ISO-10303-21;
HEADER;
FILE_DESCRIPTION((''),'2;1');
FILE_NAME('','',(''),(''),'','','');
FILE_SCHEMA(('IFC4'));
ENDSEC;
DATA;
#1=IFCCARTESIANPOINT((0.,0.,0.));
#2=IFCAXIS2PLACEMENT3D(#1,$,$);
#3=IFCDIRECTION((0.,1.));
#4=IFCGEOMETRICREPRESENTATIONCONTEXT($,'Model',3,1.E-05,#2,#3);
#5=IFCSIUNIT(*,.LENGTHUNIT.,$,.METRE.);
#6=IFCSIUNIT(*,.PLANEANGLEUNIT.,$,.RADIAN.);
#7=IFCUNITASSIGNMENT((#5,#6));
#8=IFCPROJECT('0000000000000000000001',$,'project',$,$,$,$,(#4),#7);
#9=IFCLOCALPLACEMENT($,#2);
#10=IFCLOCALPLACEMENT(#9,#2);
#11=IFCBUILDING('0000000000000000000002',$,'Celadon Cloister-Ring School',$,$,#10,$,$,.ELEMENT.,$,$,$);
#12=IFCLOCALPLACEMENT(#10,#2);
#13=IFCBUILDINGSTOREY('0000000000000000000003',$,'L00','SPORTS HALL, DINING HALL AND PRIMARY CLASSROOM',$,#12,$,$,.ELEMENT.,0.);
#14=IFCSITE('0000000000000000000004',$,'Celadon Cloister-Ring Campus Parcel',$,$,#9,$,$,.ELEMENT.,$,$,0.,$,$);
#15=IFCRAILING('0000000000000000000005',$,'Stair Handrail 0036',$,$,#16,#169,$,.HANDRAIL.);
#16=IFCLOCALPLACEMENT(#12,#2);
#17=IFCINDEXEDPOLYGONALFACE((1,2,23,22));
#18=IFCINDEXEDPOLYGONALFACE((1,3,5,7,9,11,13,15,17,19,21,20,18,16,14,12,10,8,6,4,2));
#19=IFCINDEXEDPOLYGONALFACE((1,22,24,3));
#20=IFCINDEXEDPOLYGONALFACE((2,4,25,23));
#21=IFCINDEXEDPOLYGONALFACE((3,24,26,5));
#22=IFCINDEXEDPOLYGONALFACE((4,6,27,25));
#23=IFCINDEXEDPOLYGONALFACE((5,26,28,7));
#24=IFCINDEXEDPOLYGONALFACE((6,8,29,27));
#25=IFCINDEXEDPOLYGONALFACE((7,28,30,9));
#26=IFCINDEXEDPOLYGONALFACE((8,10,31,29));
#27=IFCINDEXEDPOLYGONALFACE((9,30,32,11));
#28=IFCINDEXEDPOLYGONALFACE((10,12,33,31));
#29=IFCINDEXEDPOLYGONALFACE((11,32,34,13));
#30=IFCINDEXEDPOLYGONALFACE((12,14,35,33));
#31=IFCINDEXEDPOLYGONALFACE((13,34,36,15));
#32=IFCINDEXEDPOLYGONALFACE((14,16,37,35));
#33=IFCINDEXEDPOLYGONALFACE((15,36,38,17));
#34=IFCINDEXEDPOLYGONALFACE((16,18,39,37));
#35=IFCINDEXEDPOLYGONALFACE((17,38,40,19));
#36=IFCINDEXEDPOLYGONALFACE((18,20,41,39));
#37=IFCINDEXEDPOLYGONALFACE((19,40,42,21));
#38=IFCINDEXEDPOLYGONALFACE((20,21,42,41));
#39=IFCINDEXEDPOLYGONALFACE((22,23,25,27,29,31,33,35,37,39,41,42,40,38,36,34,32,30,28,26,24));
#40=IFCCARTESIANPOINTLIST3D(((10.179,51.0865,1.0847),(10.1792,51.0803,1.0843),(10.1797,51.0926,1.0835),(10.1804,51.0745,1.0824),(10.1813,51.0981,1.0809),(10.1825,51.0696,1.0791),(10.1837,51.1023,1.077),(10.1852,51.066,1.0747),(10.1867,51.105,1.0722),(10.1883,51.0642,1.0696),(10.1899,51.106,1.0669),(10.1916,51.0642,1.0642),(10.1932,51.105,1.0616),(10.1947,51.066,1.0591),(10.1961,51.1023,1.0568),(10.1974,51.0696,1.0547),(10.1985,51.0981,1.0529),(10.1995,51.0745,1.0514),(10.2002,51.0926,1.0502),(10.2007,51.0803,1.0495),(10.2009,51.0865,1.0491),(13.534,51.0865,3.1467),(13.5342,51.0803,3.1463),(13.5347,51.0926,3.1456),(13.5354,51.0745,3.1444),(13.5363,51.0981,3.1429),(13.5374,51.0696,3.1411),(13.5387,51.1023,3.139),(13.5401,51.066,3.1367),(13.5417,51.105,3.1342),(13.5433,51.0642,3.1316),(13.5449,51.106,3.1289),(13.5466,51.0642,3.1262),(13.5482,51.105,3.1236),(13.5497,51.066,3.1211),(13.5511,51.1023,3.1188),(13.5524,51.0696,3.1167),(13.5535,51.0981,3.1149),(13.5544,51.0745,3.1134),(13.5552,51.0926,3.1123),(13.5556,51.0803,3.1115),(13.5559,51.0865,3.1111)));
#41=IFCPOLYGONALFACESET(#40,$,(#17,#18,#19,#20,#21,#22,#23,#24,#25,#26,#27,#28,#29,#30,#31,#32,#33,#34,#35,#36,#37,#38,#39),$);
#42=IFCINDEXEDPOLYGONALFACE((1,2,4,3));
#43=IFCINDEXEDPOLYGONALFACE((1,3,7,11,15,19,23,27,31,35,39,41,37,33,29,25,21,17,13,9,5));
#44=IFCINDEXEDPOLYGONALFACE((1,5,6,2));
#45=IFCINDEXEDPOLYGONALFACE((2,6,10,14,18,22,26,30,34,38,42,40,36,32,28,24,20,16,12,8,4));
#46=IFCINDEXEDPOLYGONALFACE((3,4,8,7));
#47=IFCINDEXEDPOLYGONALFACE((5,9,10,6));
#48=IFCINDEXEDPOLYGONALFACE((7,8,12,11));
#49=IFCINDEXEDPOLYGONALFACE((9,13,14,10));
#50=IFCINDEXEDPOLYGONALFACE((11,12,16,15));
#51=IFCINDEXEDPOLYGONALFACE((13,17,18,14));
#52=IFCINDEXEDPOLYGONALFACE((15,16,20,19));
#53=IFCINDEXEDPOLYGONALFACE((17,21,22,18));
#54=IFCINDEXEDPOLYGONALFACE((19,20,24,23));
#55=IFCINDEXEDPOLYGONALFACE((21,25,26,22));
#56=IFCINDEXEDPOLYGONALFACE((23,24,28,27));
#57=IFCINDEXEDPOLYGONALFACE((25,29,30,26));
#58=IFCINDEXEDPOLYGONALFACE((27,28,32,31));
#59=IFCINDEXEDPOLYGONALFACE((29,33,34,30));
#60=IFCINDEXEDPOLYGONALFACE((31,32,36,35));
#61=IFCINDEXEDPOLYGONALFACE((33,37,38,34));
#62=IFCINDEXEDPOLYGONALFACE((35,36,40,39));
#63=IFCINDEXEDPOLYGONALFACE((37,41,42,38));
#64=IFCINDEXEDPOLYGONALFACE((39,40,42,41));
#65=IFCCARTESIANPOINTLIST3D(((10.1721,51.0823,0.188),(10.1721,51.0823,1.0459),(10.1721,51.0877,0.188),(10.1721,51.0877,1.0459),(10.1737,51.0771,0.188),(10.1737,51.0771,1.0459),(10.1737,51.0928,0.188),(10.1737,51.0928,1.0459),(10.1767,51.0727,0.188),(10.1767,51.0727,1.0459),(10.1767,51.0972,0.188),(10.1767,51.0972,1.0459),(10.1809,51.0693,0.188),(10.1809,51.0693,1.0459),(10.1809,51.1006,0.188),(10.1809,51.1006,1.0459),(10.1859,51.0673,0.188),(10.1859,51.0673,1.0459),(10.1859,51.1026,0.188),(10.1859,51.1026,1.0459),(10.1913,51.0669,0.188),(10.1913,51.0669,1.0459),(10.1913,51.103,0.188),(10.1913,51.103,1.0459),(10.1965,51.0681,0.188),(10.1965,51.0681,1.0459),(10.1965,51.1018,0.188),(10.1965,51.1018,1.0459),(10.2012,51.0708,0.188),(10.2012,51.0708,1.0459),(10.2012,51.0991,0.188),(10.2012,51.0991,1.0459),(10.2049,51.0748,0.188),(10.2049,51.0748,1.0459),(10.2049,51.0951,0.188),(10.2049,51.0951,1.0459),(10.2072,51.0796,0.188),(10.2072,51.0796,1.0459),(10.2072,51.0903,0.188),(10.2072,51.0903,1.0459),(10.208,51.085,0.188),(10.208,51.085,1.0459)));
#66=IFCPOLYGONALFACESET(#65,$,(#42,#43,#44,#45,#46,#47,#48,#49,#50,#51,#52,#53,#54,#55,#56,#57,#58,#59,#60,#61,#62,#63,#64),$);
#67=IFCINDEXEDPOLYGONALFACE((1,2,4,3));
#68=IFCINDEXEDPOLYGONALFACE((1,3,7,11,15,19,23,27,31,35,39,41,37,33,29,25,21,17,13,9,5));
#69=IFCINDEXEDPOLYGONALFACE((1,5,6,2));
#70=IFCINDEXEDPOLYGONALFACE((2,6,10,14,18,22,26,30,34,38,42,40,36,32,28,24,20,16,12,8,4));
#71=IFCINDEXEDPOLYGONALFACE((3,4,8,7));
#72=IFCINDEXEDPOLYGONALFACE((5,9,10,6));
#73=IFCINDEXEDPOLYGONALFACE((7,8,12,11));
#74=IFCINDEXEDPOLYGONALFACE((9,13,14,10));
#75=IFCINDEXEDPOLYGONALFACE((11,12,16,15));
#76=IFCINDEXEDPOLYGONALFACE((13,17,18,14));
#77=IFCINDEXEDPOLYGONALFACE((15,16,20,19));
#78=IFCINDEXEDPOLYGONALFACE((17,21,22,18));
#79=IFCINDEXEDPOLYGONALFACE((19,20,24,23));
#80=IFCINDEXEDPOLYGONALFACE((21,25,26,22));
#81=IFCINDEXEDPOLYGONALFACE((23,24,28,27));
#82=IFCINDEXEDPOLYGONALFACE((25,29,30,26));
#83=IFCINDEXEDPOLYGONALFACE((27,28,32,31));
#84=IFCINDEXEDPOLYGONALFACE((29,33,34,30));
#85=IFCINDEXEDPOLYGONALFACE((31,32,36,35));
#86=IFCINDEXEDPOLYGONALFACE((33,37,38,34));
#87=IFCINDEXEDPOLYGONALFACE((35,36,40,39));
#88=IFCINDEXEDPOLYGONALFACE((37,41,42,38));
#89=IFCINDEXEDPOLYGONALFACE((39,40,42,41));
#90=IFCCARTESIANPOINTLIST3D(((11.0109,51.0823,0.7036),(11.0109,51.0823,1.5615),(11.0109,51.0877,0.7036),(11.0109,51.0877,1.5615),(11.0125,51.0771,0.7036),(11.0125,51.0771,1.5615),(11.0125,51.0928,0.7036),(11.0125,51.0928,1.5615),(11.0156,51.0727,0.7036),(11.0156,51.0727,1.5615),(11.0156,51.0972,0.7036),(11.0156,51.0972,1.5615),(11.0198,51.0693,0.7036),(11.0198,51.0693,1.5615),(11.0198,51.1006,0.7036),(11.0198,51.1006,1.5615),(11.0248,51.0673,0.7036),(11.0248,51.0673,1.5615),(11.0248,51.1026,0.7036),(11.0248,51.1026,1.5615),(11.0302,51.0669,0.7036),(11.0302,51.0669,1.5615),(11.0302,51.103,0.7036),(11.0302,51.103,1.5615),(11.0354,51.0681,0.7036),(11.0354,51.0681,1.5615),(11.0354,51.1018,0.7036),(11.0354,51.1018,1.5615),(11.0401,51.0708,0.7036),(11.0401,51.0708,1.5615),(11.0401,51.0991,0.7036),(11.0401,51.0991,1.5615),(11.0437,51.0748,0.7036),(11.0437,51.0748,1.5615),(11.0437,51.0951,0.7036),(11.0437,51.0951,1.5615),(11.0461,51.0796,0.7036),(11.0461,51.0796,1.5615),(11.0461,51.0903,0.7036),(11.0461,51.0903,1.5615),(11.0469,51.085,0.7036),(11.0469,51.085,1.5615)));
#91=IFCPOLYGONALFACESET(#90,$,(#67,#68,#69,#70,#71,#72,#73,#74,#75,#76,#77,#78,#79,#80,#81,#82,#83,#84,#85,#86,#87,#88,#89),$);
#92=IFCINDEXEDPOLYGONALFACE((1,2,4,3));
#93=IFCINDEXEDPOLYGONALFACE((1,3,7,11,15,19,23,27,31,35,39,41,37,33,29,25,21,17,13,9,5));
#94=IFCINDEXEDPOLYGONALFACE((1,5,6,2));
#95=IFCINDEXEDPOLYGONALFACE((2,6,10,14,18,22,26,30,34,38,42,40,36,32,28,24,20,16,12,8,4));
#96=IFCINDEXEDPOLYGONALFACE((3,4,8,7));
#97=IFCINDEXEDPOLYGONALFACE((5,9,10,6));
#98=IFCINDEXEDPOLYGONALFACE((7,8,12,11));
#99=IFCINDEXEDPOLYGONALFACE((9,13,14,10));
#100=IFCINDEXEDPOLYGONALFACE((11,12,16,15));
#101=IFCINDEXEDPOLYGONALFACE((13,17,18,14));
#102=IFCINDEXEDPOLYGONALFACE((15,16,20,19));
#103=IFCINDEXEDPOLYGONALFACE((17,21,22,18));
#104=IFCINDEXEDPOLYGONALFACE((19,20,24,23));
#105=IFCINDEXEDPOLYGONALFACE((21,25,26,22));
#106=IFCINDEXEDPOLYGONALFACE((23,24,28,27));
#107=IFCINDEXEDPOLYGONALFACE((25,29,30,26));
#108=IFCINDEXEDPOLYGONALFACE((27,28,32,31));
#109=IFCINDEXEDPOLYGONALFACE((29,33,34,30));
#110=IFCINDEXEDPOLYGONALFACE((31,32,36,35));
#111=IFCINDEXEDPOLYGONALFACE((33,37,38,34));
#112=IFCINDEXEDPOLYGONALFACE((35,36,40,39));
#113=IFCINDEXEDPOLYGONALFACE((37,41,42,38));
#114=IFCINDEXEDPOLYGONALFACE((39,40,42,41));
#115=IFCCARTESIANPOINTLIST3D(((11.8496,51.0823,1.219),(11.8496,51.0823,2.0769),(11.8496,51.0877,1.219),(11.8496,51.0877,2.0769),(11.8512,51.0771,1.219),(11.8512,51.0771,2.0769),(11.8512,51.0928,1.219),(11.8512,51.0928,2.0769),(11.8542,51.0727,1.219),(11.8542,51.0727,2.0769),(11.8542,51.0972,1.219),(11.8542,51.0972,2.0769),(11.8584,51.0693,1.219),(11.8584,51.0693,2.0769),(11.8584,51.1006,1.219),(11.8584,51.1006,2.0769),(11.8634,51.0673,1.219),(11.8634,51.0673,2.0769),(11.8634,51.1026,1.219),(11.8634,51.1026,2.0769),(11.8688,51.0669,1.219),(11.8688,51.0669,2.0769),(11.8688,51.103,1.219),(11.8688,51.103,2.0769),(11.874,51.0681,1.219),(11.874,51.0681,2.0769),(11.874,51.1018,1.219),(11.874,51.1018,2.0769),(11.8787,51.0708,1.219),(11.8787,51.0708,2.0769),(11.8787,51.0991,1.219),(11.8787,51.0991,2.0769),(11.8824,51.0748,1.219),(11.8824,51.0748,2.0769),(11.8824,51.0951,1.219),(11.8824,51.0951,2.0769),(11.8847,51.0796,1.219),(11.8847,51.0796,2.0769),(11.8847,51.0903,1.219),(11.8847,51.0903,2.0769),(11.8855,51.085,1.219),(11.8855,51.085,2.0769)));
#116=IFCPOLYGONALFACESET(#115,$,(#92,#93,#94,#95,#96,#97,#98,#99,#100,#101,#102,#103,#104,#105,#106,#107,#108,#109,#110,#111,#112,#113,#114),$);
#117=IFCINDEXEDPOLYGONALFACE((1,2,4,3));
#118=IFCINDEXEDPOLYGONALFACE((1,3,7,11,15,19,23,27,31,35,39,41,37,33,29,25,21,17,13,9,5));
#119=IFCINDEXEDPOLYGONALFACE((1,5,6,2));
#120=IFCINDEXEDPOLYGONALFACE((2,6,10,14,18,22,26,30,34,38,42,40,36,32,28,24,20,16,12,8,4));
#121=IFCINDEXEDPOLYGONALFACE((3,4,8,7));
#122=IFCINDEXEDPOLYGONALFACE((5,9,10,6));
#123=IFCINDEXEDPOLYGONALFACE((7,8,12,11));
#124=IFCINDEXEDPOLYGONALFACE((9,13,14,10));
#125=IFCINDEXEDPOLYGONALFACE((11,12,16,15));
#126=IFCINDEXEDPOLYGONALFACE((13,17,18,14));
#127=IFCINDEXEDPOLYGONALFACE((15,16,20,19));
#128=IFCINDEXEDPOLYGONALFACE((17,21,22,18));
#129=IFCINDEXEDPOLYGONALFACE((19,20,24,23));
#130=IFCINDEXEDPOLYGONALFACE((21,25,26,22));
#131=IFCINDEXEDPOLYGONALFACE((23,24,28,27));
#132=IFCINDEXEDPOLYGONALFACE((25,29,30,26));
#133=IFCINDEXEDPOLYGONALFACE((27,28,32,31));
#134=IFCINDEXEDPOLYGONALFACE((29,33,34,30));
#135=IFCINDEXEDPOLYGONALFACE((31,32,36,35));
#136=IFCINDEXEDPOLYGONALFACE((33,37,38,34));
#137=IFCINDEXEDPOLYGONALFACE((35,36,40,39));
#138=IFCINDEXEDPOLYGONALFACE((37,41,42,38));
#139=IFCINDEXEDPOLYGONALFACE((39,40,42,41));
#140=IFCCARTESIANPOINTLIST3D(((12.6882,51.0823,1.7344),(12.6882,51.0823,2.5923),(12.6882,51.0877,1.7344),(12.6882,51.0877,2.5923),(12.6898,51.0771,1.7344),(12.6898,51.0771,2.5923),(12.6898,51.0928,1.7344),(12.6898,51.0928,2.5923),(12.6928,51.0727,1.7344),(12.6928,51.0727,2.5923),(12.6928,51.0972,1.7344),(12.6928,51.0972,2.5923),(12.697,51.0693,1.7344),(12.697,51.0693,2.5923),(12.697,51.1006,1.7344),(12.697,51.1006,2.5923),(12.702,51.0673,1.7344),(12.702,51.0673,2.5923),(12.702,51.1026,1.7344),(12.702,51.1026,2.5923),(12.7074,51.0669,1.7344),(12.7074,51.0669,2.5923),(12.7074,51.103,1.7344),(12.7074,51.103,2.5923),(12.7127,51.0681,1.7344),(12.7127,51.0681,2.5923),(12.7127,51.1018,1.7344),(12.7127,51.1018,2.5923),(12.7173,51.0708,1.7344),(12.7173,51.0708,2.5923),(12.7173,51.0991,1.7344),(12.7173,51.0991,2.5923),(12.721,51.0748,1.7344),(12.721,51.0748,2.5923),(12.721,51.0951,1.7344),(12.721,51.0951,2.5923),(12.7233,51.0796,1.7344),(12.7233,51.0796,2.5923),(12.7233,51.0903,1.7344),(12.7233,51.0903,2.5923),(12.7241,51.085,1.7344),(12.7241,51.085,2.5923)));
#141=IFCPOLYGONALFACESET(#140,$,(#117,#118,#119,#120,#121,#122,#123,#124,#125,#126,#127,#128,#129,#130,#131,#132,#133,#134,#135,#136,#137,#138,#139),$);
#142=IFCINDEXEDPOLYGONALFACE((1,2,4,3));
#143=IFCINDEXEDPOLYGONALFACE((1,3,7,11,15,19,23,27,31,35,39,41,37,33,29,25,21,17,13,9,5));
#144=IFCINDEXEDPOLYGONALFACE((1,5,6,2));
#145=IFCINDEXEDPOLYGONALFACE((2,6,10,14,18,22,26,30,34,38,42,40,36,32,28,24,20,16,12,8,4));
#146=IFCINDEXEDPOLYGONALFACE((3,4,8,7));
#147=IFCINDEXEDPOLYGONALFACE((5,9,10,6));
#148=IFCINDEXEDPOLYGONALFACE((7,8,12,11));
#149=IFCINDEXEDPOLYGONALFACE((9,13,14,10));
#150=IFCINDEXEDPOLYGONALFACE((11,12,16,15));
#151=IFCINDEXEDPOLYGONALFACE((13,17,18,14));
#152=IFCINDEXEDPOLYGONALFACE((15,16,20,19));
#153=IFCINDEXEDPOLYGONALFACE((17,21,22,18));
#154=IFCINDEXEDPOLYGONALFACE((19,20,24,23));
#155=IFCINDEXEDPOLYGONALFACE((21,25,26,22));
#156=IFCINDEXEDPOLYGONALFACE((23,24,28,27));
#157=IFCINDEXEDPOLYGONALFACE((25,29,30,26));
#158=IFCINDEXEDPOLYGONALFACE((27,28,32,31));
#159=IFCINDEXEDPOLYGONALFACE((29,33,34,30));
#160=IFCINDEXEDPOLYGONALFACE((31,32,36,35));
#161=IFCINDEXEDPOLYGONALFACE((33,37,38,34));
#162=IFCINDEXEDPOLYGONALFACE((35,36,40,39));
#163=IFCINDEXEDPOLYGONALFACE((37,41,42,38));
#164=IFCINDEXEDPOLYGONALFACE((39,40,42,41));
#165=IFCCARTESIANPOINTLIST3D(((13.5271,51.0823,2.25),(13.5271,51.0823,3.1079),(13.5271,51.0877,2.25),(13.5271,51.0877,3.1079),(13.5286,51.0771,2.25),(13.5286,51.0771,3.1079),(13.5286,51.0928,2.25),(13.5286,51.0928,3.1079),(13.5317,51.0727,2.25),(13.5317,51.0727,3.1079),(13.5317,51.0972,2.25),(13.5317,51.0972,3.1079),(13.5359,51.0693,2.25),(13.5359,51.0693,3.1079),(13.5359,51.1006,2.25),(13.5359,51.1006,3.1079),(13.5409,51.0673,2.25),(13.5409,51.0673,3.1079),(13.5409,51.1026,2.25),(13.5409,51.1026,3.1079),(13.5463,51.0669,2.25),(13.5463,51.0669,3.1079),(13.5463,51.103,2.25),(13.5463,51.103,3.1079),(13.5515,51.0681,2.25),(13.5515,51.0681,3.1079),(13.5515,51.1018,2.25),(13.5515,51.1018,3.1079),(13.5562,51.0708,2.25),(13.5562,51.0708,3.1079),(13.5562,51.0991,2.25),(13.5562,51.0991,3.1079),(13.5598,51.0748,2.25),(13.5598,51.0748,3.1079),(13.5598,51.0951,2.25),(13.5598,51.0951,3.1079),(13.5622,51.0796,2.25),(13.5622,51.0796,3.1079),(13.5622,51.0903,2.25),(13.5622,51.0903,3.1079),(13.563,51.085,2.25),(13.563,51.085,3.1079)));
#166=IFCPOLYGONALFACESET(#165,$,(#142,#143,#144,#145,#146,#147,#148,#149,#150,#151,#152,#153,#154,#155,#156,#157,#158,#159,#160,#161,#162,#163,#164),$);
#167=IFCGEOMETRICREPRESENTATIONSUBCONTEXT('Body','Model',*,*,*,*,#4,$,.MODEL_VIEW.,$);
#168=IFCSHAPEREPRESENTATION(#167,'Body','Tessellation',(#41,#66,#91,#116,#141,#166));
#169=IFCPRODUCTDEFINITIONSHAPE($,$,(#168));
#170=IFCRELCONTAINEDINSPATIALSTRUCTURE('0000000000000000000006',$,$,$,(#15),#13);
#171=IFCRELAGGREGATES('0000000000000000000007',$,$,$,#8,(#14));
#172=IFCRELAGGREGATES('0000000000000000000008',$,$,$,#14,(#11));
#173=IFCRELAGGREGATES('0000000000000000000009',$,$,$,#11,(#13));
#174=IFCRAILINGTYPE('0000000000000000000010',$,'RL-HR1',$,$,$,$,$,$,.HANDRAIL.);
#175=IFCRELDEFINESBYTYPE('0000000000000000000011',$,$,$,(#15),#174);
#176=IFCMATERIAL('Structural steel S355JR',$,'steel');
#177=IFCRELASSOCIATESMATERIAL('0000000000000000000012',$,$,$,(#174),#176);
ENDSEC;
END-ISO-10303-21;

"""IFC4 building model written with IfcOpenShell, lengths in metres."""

from ifc_helpers import new_model, si_unit, direction, frame, origin, origin_2d, place, context, subcontext, project, spatial, circle, extrude, material, type_object, element, save


model = new_model("IFC4")

# Units and contexts
model_context = context("Model", 3, precision=1e-05, world=origin(), true_north=direction((0.0, 1.0)))
body_context = subcontext(model_context, "Body", "Model", "MODEL_VIEW")
ifc_project = project(units=[si_unit("LENGTHUNIT", "METRE"), si_unit("PLANEANGLEUNIT", "RADIAN")], contexts=[model_context])

# Site, building, storey
site_placement = place(None, origin())
site = spatial("IfcSite", under=ifc_project, at=site_placement, Name="Celadon Cloister-Ring Campus Parcel", CompositionType="ELEMENT", RefElevation=0.0)
building_placement = place(site_placement, origin())
building = spatial("IfcBuilding", under=site, at=building_placement, Name="Celadon Cloister-Ring School", CompositionType="ELEMENT")
storey_placement = place(building_placement, origin())
storey = spatial("IfcBuildingStorey", under=building, at=storey_placement, Name="L00", Description="SPORTS HALL, DINING HALL AND PRIMARY CLASSROOM", CompositionType="ELEMENT", Elevation=0.0)

# Railing
ifc_material_1 = material(Name="Structural steel S355JR", Category="steel")
railing_type_1 = type_object("IfcRailingType", Name="RL-HR1", PredefinedType="HANDRAIL", material=ifc_material_1)
for number, where, name in (
    (1, (10.1899, 51.085, 0.188), "Stair Handrail 0036"),
):
    element("IfcRailing", number, at=place(storey_placement, frame(where)), inside=storey, type_object=railing_type_1, Name=name, PredefinedType="HANDRAIL", context=body_context, shape_type="SweptSolid", body=[
        extrude(circle(Radius=0.021, at=origin_2d()), frame((0.0, 0.0, 0.8789), z_axis=(0.851952, 0.0, 0.52362), x_axis=(0.0, 1.0, 0.0)), (0.0, 0.0, 1.0), 3.938),
        extrude(circle(Radius=0.0181, at=origin_2d()), origin(), (0.0, 0.0, 1.0), 0.8579),
        extrude(circle(Radius=0.0181, at=origin_2d()), frame((0.8389, 0.0, 0.5156)), (0.0, 0.0, 1.0), 0.8579),
        extrude(circle(Radius=0.0181, at=origin_2d()), frame((1.6775, 0.0, 1.031)), (0.0, 0.0, 1.0), 0.8579),
        extrude(circle(Radius=0.0181, at=origin_2d()), frame((2.5161, 0.0, 1.5464)), (0.0, 0.0, 1.0), 0.8579),
        extrude(circle(Radius=0.0181, at=origin_2d()), frame((3.355, 0.0, 2.062)), (0.0, 0.0, 1.0), 0.8579),
    ])

save(model, "model.ifc")
